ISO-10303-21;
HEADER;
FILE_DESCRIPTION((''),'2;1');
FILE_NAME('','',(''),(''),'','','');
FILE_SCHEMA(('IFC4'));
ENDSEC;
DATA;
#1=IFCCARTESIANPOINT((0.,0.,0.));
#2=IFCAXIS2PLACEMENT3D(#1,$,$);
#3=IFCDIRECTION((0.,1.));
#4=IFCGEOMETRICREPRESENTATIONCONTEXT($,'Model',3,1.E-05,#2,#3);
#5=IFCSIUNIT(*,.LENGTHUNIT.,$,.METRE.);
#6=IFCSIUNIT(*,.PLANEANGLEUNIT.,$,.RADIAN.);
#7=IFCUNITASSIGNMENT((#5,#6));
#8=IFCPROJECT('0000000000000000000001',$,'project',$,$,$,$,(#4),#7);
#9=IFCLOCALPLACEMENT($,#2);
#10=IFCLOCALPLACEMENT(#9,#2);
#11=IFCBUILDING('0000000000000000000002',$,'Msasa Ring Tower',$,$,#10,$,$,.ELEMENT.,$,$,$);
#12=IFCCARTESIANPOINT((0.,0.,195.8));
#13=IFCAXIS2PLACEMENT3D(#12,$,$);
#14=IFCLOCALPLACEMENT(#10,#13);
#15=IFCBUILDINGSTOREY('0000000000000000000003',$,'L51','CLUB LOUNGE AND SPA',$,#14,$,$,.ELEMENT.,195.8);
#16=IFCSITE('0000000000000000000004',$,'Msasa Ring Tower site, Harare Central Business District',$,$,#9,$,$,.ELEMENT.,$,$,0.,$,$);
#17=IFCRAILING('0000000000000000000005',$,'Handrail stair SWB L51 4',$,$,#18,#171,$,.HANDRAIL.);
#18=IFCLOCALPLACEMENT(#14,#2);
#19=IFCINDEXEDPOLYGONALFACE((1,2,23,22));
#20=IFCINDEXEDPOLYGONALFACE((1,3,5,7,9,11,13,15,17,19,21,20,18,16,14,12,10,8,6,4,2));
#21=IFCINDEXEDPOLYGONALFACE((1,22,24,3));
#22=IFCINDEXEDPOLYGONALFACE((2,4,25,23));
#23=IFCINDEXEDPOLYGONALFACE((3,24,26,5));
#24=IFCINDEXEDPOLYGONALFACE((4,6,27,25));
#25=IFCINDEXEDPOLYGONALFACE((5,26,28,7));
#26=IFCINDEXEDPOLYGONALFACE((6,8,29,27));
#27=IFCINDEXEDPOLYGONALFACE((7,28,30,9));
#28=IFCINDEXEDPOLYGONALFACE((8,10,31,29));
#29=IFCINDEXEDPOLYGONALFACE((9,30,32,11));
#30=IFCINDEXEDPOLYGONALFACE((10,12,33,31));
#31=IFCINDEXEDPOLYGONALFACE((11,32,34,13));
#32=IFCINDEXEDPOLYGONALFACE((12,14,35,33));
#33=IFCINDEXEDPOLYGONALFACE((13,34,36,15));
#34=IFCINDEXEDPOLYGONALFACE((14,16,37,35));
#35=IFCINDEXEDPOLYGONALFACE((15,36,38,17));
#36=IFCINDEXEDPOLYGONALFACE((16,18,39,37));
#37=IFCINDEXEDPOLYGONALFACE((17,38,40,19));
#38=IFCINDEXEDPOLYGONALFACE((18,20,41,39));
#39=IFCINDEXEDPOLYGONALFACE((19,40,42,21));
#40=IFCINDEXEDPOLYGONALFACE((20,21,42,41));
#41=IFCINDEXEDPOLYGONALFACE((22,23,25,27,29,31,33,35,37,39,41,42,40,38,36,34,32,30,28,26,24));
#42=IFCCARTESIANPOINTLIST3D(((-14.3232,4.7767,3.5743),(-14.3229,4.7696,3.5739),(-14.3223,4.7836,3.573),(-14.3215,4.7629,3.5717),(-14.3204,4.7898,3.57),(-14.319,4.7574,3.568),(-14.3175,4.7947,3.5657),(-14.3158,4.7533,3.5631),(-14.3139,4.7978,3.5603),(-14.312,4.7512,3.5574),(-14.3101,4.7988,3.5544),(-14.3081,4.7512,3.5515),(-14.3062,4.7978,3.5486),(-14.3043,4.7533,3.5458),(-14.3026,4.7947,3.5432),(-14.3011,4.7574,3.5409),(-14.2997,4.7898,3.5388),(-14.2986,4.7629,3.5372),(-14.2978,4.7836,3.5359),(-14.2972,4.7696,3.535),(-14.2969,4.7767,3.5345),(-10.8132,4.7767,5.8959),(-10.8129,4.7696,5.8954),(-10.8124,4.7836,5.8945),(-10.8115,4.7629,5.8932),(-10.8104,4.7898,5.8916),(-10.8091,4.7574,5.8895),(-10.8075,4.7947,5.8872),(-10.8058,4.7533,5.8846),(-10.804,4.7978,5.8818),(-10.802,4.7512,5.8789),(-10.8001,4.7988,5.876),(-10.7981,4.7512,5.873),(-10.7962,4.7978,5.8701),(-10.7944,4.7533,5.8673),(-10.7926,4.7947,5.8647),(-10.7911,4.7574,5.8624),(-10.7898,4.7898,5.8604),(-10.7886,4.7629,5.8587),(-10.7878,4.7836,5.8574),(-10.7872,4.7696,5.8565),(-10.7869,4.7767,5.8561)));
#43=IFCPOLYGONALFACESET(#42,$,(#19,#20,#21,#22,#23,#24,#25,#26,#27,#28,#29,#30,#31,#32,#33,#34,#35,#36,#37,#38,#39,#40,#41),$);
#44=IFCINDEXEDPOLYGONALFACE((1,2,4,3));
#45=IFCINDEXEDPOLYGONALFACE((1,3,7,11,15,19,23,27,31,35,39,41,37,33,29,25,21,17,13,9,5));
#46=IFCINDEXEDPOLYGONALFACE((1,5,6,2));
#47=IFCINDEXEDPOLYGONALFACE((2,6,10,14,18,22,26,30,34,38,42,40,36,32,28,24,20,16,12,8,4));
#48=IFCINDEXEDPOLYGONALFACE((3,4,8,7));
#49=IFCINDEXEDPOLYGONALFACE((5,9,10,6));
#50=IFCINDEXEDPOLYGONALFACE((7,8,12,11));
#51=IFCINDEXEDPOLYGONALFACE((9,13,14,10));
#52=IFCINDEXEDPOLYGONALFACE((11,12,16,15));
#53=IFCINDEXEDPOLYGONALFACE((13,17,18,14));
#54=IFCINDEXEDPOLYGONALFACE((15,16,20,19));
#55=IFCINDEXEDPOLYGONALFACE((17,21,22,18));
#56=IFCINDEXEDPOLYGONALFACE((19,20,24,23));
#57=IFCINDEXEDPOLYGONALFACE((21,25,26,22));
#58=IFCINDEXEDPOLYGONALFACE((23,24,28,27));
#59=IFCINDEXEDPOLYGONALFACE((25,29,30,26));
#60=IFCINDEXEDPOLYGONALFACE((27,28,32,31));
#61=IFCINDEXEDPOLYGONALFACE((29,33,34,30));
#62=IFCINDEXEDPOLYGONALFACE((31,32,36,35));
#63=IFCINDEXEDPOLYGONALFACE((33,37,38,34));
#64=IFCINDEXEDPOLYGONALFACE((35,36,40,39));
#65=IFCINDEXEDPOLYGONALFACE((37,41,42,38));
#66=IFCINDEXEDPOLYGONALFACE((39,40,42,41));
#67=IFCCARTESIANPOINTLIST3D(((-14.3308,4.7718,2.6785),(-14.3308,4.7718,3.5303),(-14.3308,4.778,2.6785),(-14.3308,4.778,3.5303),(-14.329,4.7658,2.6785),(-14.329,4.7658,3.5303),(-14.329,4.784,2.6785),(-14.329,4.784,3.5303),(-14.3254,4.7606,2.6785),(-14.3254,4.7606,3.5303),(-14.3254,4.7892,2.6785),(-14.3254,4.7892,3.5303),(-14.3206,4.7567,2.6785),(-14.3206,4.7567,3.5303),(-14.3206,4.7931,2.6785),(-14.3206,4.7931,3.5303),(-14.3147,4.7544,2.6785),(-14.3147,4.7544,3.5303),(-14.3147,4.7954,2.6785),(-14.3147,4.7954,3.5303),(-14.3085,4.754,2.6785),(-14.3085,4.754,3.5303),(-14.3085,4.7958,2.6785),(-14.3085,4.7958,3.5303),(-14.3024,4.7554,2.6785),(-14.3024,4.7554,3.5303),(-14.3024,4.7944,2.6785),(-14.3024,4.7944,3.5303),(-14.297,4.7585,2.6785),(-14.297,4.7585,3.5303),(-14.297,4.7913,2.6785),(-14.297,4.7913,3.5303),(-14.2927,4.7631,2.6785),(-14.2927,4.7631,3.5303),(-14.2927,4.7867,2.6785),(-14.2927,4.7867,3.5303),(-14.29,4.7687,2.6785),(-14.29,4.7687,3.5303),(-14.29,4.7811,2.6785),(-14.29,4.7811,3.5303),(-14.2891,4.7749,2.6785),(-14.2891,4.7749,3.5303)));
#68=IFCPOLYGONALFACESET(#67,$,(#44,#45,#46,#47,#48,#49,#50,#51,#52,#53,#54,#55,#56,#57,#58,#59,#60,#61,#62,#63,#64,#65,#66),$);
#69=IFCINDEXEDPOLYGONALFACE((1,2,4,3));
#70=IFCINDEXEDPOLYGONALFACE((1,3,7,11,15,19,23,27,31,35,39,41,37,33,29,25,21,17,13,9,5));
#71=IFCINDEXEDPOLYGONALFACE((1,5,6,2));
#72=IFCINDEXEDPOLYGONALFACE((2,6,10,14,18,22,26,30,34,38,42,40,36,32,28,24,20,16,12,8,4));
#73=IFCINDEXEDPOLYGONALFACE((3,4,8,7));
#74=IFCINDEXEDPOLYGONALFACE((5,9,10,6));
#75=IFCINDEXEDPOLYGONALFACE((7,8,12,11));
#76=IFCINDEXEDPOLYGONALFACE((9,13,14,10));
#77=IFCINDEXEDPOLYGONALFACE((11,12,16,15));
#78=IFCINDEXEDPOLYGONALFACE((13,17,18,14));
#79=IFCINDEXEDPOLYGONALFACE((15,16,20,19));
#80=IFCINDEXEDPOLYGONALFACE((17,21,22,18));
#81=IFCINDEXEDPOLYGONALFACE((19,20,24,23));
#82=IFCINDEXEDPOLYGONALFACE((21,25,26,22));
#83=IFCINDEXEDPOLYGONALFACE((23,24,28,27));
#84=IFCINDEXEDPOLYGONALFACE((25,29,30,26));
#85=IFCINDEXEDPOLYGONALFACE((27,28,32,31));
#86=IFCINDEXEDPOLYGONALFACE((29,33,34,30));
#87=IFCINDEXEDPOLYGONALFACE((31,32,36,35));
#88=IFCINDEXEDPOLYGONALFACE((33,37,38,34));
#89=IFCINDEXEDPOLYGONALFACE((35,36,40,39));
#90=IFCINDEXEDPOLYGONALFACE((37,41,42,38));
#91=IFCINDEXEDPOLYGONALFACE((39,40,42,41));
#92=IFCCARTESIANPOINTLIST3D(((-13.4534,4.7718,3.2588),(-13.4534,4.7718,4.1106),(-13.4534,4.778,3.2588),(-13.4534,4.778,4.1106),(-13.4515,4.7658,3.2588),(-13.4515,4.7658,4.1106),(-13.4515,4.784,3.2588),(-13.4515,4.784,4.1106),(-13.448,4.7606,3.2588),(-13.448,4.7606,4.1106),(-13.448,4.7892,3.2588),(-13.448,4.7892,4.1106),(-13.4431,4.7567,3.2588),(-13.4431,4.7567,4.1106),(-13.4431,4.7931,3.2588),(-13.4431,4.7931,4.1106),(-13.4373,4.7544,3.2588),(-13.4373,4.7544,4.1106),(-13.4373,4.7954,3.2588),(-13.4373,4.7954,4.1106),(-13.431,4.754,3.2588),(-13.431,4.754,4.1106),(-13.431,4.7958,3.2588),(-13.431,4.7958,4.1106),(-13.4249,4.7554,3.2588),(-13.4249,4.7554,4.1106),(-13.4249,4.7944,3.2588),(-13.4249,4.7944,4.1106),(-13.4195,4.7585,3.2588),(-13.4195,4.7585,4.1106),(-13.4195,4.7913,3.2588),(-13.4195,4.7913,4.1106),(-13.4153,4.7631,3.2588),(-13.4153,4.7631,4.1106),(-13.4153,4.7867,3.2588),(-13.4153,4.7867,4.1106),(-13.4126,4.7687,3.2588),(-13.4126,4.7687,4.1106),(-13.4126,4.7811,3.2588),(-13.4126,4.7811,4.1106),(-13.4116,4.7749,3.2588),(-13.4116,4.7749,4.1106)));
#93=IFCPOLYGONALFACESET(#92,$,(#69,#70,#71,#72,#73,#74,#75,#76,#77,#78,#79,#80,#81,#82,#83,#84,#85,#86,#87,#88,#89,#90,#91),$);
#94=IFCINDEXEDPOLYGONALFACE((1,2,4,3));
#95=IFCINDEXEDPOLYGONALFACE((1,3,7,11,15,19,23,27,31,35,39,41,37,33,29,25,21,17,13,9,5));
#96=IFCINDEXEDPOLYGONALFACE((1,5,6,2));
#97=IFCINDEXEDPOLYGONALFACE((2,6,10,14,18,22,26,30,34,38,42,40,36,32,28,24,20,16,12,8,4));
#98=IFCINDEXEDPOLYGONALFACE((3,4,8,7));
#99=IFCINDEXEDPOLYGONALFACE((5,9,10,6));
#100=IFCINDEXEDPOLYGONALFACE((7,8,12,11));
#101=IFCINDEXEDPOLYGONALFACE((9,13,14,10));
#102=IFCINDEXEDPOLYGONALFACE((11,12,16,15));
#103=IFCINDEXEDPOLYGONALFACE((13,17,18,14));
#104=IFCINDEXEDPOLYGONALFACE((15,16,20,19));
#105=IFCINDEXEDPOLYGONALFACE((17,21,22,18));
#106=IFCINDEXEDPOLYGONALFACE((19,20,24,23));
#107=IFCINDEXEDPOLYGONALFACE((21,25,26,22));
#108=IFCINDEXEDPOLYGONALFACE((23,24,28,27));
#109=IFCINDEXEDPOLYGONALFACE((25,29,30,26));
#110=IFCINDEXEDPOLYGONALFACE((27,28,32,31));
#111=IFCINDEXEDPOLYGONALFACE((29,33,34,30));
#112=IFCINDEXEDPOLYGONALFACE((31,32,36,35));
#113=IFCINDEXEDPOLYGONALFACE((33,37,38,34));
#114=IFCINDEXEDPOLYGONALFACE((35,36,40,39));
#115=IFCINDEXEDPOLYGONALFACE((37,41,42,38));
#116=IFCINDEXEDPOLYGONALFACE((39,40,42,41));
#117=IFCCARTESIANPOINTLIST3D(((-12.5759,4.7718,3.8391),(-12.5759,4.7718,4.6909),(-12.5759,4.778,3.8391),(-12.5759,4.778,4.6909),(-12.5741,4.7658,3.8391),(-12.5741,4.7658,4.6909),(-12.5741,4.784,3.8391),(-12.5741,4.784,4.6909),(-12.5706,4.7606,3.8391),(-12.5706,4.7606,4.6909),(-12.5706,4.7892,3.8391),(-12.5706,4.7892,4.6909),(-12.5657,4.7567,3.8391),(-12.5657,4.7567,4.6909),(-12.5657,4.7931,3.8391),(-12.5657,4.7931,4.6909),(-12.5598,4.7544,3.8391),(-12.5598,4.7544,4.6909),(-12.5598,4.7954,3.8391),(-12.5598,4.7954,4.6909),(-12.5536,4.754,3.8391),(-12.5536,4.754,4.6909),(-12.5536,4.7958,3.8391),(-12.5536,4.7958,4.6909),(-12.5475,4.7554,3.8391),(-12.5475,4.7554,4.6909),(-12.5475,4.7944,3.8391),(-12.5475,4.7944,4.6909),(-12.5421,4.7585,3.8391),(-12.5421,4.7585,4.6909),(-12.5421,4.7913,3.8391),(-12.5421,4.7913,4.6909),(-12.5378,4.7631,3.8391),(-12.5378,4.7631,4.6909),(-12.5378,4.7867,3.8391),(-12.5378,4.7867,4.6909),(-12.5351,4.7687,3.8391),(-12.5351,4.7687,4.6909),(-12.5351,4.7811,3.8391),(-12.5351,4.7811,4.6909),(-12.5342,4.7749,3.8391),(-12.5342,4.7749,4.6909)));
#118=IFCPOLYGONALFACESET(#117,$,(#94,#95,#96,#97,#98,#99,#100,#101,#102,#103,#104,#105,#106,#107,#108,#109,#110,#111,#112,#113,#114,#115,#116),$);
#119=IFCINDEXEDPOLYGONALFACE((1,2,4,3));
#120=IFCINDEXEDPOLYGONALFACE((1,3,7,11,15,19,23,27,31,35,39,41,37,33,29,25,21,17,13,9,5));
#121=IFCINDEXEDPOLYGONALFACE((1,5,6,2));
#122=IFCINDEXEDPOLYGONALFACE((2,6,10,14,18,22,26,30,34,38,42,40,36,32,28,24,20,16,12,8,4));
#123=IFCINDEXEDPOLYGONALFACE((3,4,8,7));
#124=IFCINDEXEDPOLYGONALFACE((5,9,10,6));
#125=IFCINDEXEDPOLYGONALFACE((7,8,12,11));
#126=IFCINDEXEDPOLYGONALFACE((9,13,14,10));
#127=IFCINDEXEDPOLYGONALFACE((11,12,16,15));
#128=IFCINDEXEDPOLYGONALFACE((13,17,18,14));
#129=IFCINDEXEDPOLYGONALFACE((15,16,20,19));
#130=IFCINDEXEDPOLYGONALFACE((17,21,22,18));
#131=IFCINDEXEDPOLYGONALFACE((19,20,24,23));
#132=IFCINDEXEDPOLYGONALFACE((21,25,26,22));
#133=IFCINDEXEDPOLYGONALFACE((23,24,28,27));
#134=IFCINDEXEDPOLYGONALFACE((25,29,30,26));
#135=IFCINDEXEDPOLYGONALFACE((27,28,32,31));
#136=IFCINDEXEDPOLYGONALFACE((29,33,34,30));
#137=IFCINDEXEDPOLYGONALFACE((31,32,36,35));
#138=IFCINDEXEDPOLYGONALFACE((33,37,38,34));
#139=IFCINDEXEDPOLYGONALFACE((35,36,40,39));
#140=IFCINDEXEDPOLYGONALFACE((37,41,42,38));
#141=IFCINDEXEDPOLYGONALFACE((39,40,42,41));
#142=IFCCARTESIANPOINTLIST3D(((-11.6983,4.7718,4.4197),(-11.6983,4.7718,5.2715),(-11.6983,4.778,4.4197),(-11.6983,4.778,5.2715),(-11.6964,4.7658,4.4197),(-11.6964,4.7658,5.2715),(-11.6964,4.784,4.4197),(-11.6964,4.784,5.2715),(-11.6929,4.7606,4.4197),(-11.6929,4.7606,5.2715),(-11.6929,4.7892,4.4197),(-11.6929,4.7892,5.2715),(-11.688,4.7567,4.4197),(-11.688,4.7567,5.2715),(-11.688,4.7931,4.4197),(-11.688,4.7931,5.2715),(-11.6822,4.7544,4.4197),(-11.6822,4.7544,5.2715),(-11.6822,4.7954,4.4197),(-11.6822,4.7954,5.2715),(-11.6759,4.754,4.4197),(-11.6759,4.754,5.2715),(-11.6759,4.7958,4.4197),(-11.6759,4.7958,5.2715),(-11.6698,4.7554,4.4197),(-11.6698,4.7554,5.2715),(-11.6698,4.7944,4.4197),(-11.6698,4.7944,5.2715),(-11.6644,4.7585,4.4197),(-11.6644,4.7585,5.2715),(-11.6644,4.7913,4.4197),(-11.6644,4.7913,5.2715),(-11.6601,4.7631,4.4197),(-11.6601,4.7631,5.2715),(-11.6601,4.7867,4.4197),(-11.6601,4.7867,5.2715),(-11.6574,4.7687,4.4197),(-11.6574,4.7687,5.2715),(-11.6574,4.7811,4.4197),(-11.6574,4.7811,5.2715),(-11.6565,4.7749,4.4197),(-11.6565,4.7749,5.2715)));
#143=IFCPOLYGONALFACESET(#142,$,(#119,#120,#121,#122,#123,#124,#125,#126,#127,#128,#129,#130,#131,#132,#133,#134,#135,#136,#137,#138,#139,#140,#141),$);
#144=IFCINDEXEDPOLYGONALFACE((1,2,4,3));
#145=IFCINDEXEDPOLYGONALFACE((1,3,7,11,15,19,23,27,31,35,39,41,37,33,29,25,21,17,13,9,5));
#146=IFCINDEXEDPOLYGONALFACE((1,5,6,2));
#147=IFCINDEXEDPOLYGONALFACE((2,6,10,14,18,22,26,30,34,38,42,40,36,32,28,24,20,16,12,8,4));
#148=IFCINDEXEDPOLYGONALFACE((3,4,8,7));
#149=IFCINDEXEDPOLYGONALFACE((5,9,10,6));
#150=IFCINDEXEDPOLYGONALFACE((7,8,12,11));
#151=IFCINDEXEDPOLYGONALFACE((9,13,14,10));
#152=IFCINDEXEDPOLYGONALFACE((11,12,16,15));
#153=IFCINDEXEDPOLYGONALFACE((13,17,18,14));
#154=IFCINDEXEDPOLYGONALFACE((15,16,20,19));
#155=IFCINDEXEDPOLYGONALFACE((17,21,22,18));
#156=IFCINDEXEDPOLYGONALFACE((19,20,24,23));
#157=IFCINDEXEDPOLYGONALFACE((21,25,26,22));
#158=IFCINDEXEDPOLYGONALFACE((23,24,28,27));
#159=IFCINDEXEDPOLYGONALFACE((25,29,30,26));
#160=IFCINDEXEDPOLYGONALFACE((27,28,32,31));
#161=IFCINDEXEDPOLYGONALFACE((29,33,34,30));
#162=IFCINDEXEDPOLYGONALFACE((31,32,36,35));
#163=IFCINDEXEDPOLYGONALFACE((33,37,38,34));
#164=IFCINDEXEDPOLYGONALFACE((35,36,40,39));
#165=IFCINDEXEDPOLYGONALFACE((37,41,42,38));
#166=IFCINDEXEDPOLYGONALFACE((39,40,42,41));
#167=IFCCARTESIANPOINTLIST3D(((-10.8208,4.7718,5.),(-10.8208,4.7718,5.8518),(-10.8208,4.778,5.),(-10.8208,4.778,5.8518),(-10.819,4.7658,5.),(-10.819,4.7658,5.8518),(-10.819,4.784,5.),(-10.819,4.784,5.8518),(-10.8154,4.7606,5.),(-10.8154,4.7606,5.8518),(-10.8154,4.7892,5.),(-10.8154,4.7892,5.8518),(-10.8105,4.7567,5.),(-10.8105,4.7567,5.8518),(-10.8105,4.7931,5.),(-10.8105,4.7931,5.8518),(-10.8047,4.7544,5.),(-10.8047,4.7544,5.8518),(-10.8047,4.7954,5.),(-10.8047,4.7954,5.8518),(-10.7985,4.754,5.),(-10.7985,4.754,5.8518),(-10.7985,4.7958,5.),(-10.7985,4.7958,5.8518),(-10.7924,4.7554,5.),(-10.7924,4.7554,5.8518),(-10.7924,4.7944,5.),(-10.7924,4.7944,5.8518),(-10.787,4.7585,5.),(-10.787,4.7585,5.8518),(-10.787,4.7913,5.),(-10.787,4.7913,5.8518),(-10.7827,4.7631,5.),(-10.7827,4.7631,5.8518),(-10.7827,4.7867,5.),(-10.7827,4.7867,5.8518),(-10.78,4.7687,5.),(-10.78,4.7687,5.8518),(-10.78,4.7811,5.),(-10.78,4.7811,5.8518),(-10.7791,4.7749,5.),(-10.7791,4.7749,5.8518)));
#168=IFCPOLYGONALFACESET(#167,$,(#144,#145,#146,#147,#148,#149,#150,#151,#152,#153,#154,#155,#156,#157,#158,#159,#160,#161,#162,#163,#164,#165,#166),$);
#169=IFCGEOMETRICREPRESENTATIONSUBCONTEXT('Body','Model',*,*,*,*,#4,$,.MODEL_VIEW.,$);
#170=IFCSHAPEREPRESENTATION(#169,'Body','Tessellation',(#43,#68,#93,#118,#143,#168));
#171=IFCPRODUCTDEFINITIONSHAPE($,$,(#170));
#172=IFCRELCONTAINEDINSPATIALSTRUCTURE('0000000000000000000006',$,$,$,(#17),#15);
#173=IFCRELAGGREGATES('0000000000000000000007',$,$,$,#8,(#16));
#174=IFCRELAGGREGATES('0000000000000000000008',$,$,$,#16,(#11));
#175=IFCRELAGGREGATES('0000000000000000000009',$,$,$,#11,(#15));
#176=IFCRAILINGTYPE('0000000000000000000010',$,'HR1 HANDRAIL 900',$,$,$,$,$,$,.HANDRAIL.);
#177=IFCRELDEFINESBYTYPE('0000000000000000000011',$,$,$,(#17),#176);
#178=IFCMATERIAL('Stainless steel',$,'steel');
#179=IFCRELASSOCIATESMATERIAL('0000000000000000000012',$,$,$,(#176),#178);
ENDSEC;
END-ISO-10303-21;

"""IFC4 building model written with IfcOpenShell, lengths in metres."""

from ifc_helpers import new_model, si_unit, direction, frame, origin, origin_2d, place, context, subcontext, project, spatial, circle, extrude, material, type_object, element, save


model = new_model("IFC4")

# Units and contexts
model_context = context("Model", 3, precision=1e-05, world=origin(), true_north=direction((0.0, 1.0)))
body_context = subcontext(model_context, "Body", "Model", "MODEL_VIEW")
ifc_project = project(units=[si_unit("LENGTHUNIT", "METRE"), si_unit("PLANEANGLEUNIT", "RADIAN")], contexts=[model_context])

# Site, building, storey
site_placement = place(None, origin())
site = spatial("IfcSite", under=ifc_project, at=site_placement, Name="Msasa Ring Tower site, Harare Central Business District", CompositionType="ELEMENT", RefElevation=0.0)
building_placement = place(site_placement, origin())
building = spatial("IfcBuilding", under=site, at=building_placement, Name="Msasa Ring Tower", CompositionType="ELEMENT")
storey_placement = place(building_placement, frame((0.0, 0.0, 195.8)))
storey = spatial("IfcBuildingStorey", under=building, at=storey_placement, Name="L51", Description="CLUB LOUNGE AND SPA", CompositionType="ELEMENT", Elevation=195.8)

# Railing
ifc_material_1 = material(Name="Stainless steel", Category="steel")
railing_type = type_object("IfcRailingType", Name="HR1 HANDRAIL 900", PredefinedType="HANDRAIL", material=ifc_material_1)
for number, where, name in (
    (1, (-14.3101, 4.7749, 2.6785), "Handrail stair SWB L51 4"),
):
    element("IfcRailing", number, at=place(storey_placement, frame(where)), inside=storey, type_object=railing_type, Name=name, PredefinedType="HANDRAIL", context=body_context, shape_type="SweptSolid", body=[
        extrude(circle(Radius=0.0239, at=origin_2d()), frame((0.0, 0.0, 0.876), z_axis=(0.834071, 0.0, 0.551657), x_axis=(0.0, 1.0, 0.0)), (0.0, 0.0, 1.0), 4.2083),
        extrude(circle(Radius=0.021, at=origin_2d()), origin(), (0.0, 0.0, 1.0), 0.8518),
        extrude(circle(Radius=0.021, at=origin_2d()), frame((0.8774, 0.0, 0.5803)), (0.0, 0.0, 1.0), 0.8518),
        extrude(circle(Radius=0.021, at=origin_2d()), frame((1.7549, 0.0, 1.1606)), (0.0, 0.0, 1.0), 0.8518),
        extrude(circle(Radius=0.021, at=origin_2d()), frame((2.6326, 0.0, 1.7412)), (0.0, 0.0, 1.0), 0.8518),
        extrude(circle(Radius=0.021, at=origin_2d()), frame((3.51, 0.0, 2.3215)), (0.0, 0.0, 1.0), 0.8518),
    ])

save(model, "model.ifc")
